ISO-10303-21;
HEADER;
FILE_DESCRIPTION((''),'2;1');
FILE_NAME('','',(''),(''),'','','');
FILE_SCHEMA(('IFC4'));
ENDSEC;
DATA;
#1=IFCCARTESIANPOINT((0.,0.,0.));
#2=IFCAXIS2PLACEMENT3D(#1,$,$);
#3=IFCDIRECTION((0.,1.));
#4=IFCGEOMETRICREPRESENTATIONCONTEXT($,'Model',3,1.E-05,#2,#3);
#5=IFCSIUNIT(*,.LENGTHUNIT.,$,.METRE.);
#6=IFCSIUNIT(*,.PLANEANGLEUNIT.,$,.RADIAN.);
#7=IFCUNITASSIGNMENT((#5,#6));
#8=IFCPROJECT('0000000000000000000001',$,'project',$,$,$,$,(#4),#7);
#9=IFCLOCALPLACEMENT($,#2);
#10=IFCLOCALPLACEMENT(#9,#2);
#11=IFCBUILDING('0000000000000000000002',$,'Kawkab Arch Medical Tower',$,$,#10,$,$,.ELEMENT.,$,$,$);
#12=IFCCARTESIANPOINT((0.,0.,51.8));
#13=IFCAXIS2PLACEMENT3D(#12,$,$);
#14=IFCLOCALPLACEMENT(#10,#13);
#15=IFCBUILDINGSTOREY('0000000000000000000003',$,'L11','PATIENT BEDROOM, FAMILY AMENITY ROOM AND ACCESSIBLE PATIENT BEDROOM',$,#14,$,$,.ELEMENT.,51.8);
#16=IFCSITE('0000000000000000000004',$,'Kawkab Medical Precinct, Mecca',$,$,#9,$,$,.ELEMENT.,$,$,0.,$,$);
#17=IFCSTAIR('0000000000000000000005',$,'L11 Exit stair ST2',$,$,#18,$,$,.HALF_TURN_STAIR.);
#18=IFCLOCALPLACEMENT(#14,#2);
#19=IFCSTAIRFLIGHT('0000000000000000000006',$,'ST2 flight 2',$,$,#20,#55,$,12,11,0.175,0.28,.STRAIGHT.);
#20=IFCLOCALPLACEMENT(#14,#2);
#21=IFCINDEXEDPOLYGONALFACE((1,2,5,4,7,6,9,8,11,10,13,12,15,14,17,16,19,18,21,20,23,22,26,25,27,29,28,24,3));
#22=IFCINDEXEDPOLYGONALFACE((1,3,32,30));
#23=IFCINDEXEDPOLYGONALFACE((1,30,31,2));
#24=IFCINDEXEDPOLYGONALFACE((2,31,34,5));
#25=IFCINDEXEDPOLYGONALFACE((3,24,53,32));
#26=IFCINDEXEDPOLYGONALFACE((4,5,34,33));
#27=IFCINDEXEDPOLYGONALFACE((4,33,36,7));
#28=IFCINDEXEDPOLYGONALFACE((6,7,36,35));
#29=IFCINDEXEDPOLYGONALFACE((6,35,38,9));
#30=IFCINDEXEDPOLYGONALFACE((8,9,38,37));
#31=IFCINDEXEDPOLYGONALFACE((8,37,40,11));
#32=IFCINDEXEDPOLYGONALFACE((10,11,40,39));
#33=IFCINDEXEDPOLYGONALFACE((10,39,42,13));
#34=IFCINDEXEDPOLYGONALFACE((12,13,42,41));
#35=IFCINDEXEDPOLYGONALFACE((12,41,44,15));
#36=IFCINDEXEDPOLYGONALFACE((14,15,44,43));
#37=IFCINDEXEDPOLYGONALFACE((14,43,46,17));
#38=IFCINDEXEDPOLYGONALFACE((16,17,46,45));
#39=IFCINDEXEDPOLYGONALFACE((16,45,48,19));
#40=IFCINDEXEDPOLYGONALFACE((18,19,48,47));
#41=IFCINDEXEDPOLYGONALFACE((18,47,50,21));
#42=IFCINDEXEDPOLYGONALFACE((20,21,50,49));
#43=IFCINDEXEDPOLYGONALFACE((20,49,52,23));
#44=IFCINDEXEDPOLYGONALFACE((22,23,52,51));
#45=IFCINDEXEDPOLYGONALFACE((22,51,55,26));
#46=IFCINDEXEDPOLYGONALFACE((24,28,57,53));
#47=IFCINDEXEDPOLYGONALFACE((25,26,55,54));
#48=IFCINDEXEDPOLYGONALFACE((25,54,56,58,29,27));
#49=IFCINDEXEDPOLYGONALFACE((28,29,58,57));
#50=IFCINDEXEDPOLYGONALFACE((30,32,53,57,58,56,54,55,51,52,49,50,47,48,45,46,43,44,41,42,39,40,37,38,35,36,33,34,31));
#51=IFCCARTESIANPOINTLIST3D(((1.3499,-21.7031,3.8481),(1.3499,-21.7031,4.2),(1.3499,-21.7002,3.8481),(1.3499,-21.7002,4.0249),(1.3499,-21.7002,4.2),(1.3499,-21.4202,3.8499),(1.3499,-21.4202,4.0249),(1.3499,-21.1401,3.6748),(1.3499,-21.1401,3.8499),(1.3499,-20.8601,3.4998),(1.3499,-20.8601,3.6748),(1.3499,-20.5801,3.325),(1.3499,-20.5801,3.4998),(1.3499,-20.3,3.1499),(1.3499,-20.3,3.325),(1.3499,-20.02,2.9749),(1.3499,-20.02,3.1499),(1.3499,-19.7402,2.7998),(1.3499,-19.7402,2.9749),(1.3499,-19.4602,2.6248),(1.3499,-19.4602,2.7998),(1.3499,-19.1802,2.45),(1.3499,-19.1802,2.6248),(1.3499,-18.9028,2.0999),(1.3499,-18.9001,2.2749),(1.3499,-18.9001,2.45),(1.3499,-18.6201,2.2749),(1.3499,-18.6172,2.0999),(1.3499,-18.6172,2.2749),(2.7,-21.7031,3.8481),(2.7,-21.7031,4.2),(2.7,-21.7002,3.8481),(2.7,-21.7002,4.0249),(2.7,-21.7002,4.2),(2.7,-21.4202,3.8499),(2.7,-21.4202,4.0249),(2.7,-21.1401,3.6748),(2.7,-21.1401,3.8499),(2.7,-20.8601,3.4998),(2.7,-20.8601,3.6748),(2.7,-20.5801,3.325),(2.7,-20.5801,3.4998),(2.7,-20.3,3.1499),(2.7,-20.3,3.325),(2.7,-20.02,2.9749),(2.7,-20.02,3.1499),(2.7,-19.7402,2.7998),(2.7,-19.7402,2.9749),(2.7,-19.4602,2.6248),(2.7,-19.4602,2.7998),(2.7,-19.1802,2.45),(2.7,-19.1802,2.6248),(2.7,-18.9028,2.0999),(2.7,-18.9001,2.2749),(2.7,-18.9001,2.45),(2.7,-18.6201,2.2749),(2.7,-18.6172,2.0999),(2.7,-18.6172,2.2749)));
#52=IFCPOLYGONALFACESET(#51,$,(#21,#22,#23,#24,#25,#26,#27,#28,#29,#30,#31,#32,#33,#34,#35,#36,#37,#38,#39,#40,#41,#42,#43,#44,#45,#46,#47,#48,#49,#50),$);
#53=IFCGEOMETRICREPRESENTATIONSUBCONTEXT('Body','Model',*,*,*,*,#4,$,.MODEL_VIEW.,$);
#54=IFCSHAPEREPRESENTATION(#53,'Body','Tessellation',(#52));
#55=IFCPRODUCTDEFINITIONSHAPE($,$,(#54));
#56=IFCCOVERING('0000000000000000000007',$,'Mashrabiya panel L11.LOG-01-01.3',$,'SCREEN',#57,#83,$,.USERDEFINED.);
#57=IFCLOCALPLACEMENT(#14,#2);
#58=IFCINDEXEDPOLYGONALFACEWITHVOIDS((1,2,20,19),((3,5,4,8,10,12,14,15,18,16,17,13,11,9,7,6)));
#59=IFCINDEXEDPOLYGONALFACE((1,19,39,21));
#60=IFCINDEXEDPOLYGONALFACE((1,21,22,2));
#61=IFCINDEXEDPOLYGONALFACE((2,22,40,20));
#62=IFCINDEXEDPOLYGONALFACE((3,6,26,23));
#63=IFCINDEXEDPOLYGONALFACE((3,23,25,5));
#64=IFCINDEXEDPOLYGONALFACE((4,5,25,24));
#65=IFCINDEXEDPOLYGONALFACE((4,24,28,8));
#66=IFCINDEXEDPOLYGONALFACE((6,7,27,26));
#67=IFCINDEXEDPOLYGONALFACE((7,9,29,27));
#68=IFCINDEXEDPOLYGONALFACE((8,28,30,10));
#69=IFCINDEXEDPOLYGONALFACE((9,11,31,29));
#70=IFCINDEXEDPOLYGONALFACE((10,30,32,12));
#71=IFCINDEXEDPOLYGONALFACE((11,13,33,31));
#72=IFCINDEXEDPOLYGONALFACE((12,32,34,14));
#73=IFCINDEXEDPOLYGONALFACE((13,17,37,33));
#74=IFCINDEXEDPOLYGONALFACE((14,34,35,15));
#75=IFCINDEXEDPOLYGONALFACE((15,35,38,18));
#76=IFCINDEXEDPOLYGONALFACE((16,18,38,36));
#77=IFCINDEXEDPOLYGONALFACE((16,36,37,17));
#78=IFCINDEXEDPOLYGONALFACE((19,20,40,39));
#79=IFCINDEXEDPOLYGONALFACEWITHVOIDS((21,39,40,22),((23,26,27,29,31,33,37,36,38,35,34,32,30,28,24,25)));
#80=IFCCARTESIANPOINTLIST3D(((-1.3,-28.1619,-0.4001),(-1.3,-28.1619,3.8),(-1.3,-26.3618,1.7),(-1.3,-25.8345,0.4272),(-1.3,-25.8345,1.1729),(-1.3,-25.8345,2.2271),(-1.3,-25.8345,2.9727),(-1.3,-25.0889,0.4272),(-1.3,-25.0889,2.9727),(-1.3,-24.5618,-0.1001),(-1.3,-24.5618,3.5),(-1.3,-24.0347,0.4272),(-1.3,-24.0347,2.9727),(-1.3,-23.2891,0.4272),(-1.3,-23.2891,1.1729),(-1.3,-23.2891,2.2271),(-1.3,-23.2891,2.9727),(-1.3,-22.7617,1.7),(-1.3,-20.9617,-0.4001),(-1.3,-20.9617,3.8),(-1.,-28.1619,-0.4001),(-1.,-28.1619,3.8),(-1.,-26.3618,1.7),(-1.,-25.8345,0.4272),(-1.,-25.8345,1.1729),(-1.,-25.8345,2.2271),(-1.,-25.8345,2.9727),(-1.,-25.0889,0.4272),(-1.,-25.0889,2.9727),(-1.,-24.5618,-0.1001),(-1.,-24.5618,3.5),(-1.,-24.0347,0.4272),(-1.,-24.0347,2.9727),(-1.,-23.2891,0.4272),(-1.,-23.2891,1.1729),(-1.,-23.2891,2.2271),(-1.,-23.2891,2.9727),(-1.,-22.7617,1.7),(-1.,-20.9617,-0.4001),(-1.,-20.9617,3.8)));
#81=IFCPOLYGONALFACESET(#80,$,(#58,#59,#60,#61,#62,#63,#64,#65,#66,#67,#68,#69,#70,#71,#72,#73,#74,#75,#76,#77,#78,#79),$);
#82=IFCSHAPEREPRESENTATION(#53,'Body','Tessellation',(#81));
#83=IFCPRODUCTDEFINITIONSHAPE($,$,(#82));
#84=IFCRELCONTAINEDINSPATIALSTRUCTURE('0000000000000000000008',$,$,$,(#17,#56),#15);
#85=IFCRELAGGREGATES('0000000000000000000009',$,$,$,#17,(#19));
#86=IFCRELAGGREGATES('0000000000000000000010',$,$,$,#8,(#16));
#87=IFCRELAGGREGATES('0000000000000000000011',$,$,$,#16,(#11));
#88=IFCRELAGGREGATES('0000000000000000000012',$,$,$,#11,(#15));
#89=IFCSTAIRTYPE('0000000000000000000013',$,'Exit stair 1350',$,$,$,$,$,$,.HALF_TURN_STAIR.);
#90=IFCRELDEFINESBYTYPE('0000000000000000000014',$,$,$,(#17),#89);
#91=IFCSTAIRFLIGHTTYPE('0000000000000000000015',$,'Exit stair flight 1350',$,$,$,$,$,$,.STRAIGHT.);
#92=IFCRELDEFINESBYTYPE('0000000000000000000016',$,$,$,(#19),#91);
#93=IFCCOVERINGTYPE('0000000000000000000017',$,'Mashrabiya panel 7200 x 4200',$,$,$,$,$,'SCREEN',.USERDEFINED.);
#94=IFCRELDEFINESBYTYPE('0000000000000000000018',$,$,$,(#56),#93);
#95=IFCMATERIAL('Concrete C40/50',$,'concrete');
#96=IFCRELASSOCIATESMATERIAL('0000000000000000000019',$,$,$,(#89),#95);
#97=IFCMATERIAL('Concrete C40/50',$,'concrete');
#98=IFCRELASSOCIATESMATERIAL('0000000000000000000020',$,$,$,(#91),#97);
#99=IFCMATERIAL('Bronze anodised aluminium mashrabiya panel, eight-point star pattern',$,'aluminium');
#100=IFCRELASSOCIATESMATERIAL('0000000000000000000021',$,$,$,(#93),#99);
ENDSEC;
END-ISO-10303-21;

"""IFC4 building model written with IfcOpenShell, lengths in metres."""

from ifc_helpers import new_model, si_unit, direction, frame, origin, place, context, subcontext, project, spatial, polyline, outline, extrude, material, material_profile, profile_set, type_object, element, aggregate, save


model = new_model("IFC4")

# Units and contexts
model_context = context("Model", 3, precision=1e-05, world=origin(), true_north=direction((0.0, 1.0)))
body_context = subcontext(model_context, "Body", "Model", "MODEL_VIEW")
ifc_project = project(units=[si_unit("LENGTHUNIT", "METRE"), si_unit("PLANEANGLEUNIT", "RADIAN")], contexts=[model_context])

# Site, building, storey
site_placement = place(None, origin())
site = spatial("IfcSite", under=ifc_project, at=site_placement, Name="Kawkab Medical Precinct, Mecca", CompositionType="ELEMENT", RefElevation=0.0)
building_placement = place(site_placement, origin())
building = spatial("IfcBuilding", under=site, at=building_placement, Name="Kawkab Arch Medical Tower", CompositionType="ELEMENT")
storey_placement = place(building_placement, frame((0.0, 0.0, 51.8)))
storey = spatial("IfcBuildingStorey", under=building, at=storey_placement, Name="L11", Description="PATIENT BEDROOM, FAMILY AMENITY ROOM AND ACCESSIBLE PATIENT BEDROOM", CompositionType="ELEMENT", Elevation=51.8)

# Shared definitions
placement = place(storey_placement, origin())

# Stair, stair flight
ifc_material_1 = material(Name="Concrete C40/50", Category="concrete")
stair_type = type_object("IfcStairType", Name="Exit stair 1350", PredefinedType="HALF_TURN_STAIR", material=ifc_material_1)
stair = element("IfcStair", 1, at=placement, inside=storey, type_object=stair_type, Name="L11 Exit stair ST2", PredefinedType="HALF_TURN_STAIR")
ifc_material_2 = material(Name="Concrete C40/50", Category="concrete")
stair_flight_type = type_object("IfcStairFlightType", Name="Exit stair flight 1350", PredefinedType="STRAIGHT", material=ifc_material_2)
stair_flight_placement = place(storey_placement, frame((2.0249, -18.6201, 2.0999), z_axis=(0.0, 0.0, 1.0), x_axis=(0.0, -1.0, 0.0)))
stair_flight = element("IfcStairFlight", 2, at=stair_flight_placement, type_object=stair_flight_type, Name="ST2 flight 2", NumberOfRisers=12, NumberOfTreads=11, PredefinedType="STRAIGHT", RiserHeight=0.175, TreadLength=0.28, context=body_context, shape_type="SweptSolid", body=[
    extrude(outline(polyline([(-0.0029, 0.0), (-0.0029, 0.175), (0.0, 0.175), (0.28, 0.175), (0.28, 0.3501), (0.5601, 0.3501), (0.5601, 0.5249), (0.8401, 0.5249), (0.8401, 0.7), (1.1201, 0.7), (1.1201, 0.875), (1.3999, 0.875), (1.3999, 1.05), (1.6799, 1.05), (1.6799, 1.2251), (1.96, 1.2251), (1.96, 1.3999), (2.24, 1.3999), (2.24, 1.575), (2.52, 1.575), (2.52, 1.75), (2.8, 1.75), (2.8, 1.925), (3.0801, 1.925), (3.0801, 2.1001), (3.083, 2.1001), (3.083, 1.7483), (3.0801, 1.7483), (0.2827, 0.0), (-0.0029, 0.0)])), frame((0.0, 0.675, 0.0), z_axis=(0.0, -1.0, 0.0), x_axis=(1.0, 0.0, 0.0)), (0.0, 0.0, 1.0), 1.3501),
])
aggregate(stair, [stair_flight])

# Covering
ifc_material_3 = material(Name="Bronze anodised aluminium mashrabiya panel, eight-point star pattern", Category="aluminium")
ifc_material_profile_1 = material_profile(ifc_material_3, outline(polyline([(-3.6001, -2.1001), (3.6001, -2.1001), (3.6001, 2.1001), (-3.6001, 2.1001), (-3.6001, -2.1001)]), holes=[polyline([(1.8, 0.0), (1.2727, 0.5271), (1.2727, 1.2727), (0.5271, 1.2727), (0.0, 1.8), (-0.5271, 1.2727), (-1.2727, 1.2727), (-1.2727, 0.5271), (-1.8, 0.0), (-1.2727, -0.5271), (-1.2727, -1.2727), (-0.5271, -1.2727), (0.0, -1.8), (0.5271, -1.2727), (1.2727, -1.2727), (1.2727, -0.5271), (1.8, 0.0)])]), Name="Mashrabiya panel 7200x4200")
ifc_profile_set_1 = profile_set([ifc_material_profile_1], Name="Bronze anodised aluminium mashrabiya panel, eight-point star pattern")
covering_type = type_object("IfcCoveringType", Name="Mashrabiya panel 7200 x 4200", ElementType="SCREEN", PredefinedType="USERDEFINED", material=ifc_profile_set_1)
covering_placement = place(storey_placement, frame((-1.0, -24.5618, 1.7), z_axis=(-1.0, 0.0, 0.0), x_axis=(0.0, -1.0, 0.0)))
element("IfcCovering", 3, at=covering_placement, inside=storey, type_object=covering_type, Name="Mashrabiya panel L11.LOG-01-01.3", ObjectType="SCREEN", PredefinedType="USERDEFINED", context=body_context, shape_type="SweptSolid", body=[
    extrude(outline(polyline([(-3.6001, -2.1001), (3.6001, -2.1001), (3.6001, 2.1001), (-3.6001, 2.1001), (-3.6001, -2.1001)]), holes=[polyline([(1.8, 0.0), (1.2727, 0.5271), (1.2727, 1.2727), (0.5271, 1.2727), (0.0, 1.8), (-0.5271, 1.2727), (-1.2727, 1.2727), (-1.2727, 0.5271), (-1.8, 0.0), (-1.2727, -0.5271), (-1.2727, -1.2727), (-0.5271, -1.2727), (0.0, -1.8), (0.5271, -1.2727), (1.2727, -1.2727), (1.2727, -0.5271), (1.8, 0.0)])]), origin(), (0.0, 0.0, 1.0), 0.3),
])

save(model, "model.ifc")
